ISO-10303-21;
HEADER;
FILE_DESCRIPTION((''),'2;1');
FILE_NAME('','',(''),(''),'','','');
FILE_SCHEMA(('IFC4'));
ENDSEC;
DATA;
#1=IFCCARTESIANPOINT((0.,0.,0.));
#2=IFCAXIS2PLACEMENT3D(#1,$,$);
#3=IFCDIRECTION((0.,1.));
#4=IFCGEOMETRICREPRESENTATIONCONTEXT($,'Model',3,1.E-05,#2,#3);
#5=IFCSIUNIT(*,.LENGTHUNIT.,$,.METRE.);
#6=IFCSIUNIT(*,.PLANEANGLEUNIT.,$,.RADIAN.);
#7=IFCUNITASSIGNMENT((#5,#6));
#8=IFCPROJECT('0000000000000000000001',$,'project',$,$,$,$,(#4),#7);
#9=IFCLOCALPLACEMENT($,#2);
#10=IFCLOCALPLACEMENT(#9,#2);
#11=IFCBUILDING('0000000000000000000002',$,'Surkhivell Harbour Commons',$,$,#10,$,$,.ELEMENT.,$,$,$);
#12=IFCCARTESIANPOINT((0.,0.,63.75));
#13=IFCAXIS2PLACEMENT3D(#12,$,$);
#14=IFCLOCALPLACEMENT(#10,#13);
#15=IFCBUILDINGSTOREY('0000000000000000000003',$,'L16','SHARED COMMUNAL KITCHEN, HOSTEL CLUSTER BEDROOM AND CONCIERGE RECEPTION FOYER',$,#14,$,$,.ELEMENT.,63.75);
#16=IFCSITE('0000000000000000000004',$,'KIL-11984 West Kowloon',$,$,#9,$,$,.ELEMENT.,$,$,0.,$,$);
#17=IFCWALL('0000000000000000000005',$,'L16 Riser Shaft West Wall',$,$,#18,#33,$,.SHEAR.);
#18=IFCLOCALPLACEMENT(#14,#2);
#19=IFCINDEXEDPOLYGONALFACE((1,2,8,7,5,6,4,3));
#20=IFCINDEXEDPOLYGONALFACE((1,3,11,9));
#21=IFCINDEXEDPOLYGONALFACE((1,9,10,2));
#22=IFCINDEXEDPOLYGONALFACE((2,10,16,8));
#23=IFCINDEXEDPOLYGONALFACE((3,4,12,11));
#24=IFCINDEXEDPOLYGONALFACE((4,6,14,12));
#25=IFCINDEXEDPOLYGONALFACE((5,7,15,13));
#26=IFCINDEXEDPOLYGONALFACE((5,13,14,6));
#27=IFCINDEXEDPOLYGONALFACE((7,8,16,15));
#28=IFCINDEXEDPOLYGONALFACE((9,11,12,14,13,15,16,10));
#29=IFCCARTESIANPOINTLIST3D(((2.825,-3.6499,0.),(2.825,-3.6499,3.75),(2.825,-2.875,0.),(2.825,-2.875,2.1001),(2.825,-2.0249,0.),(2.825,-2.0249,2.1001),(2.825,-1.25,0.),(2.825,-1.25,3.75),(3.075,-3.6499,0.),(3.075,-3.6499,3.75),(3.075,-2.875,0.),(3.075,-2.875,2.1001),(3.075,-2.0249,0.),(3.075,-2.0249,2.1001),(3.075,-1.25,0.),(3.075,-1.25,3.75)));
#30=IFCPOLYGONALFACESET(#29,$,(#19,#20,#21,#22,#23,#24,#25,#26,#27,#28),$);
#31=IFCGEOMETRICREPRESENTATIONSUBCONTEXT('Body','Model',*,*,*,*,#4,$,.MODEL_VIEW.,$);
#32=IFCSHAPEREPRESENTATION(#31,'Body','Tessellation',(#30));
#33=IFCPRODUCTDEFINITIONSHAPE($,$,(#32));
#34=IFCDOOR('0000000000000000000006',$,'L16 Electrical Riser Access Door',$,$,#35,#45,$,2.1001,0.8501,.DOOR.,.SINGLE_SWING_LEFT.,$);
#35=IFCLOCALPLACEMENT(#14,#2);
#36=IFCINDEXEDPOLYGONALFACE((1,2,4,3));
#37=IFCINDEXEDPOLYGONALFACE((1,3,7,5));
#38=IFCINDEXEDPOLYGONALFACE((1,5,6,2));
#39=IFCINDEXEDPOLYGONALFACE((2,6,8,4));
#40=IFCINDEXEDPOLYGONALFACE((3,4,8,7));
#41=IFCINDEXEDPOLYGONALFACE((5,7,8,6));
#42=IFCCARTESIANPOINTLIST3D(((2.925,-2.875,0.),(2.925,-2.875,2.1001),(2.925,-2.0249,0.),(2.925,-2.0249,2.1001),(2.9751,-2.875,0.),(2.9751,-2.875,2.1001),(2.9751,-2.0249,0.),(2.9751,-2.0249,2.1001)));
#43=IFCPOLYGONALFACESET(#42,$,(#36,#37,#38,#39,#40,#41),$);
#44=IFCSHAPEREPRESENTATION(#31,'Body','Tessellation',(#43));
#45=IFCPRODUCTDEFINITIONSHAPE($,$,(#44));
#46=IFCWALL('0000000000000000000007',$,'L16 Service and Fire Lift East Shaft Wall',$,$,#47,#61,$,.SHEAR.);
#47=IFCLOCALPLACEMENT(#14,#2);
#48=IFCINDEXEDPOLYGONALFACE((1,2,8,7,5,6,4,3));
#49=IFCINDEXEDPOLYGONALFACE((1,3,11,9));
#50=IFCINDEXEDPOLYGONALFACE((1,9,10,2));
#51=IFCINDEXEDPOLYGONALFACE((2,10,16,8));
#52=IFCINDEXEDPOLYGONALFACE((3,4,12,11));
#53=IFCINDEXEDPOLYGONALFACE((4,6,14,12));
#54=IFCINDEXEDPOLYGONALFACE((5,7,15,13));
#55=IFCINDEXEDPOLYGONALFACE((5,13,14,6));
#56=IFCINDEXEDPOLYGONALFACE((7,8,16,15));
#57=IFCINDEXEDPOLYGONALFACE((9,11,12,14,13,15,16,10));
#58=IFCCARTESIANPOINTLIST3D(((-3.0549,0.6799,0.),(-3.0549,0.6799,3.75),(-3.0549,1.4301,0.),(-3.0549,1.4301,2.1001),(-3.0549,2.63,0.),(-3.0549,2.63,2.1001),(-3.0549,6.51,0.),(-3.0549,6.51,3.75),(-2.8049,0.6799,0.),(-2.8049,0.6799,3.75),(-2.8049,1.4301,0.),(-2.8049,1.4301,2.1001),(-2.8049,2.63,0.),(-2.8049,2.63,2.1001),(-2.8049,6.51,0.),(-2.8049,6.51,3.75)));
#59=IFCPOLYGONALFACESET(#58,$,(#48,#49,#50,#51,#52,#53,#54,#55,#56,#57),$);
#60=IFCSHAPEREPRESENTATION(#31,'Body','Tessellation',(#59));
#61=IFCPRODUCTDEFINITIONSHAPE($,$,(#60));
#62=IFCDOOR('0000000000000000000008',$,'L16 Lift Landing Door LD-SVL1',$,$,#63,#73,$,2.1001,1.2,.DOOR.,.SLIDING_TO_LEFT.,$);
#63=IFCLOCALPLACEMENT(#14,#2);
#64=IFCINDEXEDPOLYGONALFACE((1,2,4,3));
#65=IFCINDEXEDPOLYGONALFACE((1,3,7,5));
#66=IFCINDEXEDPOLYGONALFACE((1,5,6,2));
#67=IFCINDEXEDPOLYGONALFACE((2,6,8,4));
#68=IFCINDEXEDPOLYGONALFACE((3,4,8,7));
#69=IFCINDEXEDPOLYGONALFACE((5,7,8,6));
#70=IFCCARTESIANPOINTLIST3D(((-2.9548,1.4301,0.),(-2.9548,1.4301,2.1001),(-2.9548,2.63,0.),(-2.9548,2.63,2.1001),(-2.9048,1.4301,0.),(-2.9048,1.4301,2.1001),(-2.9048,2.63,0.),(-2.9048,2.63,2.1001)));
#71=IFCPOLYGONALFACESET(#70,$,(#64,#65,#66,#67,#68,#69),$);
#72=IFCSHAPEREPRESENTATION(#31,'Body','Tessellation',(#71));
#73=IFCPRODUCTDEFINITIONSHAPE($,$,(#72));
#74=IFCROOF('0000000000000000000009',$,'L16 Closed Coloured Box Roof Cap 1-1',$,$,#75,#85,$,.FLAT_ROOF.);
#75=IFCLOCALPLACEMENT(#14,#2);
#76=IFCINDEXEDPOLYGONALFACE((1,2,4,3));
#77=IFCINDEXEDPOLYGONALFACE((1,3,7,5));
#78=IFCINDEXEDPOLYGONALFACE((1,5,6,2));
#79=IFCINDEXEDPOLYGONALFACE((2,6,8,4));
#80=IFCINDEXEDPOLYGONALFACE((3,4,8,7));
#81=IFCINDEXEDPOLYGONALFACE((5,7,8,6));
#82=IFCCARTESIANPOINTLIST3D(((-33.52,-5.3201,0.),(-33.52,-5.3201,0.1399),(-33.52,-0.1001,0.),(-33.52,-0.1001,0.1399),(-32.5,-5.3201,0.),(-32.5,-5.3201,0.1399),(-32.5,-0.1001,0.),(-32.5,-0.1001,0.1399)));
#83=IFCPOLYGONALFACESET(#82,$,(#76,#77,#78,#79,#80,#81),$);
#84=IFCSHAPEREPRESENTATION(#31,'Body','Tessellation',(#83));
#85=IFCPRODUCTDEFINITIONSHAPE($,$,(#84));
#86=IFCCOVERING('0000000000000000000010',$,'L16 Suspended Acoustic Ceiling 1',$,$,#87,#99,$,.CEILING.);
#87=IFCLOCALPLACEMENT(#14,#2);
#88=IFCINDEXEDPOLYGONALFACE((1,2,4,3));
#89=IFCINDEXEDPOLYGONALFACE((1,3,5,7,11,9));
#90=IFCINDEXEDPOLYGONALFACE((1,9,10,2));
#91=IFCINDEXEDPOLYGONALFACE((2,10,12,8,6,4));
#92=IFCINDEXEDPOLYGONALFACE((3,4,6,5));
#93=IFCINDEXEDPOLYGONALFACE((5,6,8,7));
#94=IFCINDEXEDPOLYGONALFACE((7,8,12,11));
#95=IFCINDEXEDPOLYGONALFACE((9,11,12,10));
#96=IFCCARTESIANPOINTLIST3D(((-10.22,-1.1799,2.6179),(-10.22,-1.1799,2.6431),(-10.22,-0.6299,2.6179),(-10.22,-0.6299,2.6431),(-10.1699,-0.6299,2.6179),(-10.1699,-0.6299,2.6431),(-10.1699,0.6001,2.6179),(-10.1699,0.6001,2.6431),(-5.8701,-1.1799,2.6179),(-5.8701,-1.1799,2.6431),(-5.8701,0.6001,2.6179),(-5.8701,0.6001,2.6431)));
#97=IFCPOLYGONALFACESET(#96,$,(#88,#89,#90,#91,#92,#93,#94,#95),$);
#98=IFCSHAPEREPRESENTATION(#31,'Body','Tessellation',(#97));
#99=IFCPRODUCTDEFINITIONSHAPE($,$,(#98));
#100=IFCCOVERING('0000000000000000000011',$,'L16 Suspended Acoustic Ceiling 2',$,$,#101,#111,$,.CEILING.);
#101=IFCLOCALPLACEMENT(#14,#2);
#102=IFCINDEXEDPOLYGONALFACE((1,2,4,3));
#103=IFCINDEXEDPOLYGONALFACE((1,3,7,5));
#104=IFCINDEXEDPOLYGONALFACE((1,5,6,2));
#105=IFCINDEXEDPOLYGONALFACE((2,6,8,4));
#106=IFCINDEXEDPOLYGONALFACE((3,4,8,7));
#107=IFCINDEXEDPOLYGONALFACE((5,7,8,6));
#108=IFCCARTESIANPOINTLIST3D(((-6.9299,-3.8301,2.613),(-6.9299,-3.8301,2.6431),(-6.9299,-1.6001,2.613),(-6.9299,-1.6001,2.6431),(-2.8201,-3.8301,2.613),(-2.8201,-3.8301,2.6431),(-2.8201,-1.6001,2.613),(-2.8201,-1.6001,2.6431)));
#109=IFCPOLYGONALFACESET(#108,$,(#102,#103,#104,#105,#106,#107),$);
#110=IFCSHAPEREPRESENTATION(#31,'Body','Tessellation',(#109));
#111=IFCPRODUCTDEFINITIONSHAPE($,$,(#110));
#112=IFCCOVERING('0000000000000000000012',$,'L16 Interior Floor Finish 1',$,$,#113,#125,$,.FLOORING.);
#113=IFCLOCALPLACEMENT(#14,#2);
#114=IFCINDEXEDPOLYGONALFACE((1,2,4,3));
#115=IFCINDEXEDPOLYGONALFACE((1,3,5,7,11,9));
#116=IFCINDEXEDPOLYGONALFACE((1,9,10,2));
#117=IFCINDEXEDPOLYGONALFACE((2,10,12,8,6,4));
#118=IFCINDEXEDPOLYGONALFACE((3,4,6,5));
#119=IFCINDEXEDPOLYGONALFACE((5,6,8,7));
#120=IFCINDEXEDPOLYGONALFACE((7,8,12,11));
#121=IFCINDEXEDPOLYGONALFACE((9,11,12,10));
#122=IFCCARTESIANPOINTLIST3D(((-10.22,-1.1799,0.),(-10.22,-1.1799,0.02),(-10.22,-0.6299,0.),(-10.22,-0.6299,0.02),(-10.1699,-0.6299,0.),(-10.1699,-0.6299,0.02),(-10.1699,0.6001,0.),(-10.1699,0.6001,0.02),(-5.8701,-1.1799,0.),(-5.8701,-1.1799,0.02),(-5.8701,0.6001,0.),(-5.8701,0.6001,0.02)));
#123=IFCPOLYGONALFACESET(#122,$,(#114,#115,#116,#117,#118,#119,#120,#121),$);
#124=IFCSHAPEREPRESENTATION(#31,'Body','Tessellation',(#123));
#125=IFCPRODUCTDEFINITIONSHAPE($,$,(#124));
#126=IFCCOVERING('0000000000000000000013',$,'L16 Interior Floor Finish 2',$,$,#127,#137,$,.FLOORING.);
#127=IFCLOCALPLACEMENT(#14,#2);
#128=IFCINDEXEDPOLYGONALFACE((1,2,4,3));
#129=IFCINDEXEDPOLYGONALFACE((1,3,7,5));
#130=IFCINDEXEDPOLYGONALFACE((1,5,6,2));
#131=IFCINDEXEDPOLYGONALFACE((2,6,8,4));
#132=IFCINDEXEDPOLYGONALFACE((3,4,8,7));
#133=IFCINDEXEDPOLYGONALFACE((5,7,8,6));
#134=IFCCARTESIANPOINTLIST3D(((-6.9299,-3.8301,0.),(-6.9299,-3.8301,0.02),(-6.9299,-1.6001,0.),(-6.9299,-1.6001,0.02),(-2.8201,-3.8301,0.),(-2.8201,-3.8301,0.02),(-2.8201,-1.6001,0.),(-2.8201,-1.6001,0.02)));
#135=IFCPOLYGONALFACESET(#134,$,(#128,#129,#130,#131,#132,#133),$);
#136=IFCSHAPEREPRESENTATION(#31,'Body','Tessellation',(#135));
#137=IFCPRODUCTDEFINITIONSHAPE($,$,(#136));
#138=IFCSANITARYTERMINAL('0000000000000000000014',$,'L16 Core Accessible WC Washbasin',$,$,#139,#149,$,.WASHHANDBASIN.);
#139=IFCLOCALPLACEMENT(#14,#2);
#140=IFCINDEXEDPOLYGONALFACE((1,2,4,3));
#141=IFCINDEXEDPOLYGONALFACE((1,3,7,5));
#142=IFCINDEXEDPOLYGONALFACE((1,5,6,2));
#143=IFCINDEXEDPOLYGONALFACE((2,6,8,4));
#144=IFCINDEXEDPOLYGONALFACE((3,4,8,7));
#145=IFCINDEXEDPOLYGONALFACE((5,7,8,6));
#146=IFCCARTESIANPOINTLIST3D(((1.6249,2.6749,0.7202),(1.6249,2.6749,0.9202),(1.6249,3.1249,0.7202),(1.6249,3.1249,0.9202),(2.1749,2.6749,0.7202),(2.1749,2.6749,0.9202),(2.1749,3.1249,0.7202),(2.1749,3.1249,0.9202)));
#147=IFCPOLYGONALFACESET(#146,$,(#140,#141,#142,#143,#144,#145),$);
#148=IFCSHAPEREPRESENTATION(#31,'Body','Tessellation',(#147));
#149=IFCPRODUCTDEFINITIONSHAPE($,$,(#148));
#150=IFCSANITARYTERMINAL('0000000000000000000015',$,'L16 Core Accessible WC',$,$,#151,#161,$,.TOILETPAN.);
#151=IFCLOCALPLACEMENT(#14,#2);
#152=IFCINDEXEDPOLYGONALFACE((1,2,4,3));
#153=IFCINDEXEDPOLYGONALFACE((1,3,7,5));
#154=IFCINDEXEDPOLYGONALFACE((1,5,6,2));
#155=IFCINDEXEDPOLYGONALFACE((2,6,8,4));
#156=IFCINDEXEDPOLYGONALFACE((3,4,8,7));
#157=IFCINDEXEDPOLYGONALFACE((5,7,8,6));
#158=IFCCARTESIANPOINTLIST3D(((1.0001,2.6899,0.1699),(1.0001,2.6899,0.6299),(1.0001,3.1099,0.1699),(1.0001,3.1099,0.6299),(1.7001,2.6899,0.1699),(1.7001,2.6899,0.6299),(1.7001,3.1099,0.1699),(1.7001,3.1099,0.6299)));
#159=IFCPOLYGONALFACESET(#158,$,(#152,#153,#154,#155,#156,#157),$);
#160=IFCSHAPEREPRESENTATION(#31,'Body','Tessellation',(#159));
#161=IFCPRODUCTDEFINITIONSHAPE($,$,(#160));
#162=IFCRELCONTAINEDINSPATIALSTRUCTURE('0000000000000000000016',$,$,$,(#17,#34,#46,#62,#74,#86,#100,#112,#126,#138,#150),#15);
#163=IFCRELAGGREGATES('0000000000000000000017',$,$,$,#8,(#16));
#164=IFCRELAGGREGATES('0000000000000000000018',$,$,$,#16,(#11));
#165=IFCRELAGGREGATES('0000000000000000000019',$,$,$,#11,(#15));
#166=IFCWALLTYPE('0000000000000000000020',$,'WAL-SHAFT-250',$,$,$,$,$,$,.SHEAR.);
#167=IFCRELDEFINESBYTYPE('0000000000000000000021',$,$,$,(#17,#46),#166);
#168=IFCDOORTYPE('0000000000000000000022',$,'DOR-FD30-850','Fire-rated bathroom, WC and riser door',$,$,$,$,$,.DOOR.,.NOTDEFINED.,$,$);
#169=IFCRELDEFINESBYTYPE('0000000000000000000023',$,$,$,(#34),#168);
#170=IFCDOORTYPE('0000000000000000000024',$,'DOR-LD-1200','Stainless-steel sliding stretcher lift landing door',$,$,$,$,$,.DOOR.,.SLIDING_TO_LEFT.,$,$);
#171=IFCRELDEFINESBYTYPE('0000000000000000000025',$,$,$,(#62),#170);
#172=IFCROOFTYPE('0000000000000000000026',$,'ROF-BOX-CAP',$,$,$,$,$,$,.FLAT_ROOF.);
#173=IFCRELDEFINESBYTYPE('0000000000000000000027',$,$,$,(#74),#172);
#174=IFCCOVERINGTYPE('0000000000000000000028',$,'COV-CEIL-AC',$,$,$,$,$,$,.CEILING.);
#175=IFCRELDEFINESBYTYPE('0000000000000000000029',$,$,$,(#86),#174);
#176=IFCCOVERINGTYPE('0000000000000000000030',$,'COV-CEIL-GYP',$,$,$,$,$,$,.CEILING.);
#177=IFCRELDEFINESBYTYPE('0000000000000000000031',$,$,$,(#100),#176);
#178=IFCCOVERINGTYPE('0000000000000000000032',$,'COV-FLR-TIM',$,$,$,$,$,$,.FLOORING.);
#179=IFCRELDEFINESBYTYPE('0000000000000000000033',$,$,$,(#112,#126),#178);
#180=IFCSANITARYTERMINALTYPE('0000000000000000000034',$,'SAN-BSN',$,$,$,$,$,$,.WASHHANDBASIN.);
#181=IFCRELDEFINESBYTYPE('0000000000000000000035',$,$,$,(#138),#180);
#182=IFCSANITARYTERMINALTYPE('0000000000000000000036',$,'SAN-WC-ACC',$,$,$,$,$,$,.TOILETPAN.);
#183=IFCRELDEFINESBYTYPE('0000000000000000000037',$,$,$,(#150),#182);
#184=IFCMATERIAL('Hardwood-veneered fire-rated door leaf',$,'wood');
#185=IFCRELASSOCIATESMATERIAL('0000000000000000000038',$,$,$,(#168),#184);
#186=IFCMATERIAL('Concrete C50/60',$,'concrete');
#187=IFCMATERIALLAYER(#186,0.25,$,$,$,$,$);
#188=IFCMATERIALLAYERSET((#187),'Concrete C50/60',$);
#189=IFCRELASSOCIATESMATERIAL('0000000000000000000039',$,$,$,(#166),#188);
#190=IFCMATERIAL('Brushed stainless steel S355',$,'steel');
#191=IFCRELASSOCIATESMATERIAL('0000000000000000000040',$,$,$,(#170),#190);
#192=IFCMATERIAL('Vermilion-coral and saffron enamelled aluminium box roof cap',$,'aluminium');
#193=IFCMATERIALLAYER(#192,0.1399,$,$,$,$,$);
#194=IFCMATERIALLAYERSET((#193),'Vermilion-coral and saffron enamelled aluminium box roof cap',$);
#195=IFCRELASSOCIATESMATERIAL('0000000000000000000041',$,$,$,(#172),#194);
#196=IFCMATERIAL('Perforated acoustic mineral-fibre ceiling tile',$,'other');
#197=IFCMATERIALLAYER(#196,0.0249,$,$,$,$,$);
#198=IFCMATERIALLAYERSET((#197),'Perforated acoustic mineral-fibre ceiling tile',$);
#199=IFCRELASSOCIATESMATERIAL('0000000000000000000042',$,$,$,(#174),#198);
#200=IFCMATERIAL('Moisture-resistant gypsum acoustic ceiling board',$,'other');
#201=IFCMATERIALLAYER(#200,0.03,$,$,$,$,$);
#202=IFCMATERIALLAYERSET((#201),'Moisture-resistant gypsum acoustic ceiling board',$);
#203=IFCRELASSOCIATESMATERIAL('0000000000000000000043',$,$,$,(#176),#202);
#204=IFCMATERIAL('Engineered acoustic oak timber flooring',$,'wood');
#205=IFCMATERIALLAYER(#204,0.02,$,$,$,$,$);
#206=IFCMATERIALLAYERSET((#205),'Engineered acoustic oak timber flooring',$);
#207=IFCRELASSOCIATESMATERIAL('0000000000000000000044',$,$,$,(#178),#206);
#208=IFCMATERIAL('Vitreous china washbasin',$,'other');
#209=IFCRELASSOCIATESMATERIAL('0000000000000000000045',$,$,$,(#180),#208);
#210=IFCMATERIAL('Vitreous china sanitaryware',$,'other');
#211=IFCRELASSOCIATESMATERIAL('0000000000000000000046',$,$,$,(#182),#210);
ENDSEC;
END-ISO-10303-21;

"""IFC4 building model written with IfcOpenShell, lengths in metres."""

from ifc_helpers import new_model, si_unit, direction, frame, frame_2d, origin, origin_2d, place, context, subcontext, project, spatial, polyline, rectangle, outline, extrude, material, layer, layer_set, type_object, element, fill, save


model = new_model("IFC4")

# Units and contexts
model_context = context("Model", 3, precision=1e-05, world=origin(), true_north=direction((0.0, 1.0)))
body_context = subcontext(model_context, "Body", "Model", "MODEL_VIEW")
ifc_project = project(units=[si_unit("LENGTHUNIT", "METRE"), si_unit("PLANEANGLEUNIT", "RADIAN")], contexts=[model_context])

# Site, building, storey
site_placement = place(None, origin())
site = spatial("IfcSite", under=ifc_project, at=site_placement, Name="KIL-11984 West Kowloon", CompositionType="ELEMENT", RefElevation=0.0)
building_placement = place(site_placement, origin())
building = spatial("IfcBuilding", under=site, at=building_placement, Name="Surkhivell Harbour Commons", CompositionType="ELEMENT")
storey_placement = place(building_placement, frame((0.0, 0.0, 63.75)))
storey = spatial("IfcBuildingStorey", under=building, at=storey_placement, Name="L16", Description="SHARED COMMUNAL KITCHEN, HOSTEL CLUSTER BEDROOM AND CONCIERGE RECEPTION FOYER", CompositionType="ELEMENT", Elevation=63.75)

# Shared definitions
ifc_material_1 = material(Name="Hardwood-veneered fire-rated door leaf", Category="wood")
door_type_1 = type_object("IfcDoorType", Name="DOR-FD30-850", Description="Fire-rated bathroom, WC and riser door", OperationType="NOTDEFINED", PredefinedType="DOOR", material=ifc_material_1)

# Shared definitions
ifc_material_2 = material(Name="Concrete C50/60", Category="concrete")
ifc_layer_1 = layer(ifc_material_2, 0.25)
ifc_layer_set_1 = layer_set([ifc_layer_1], Name="Concrete C50/60")
wall_type_1 = type_object("IfcWallType", Name="WAL-SHAFT-250", PredefinedType="SHEAR", material=ifc_layer_set_1)

# Walls, openings, doors
wall_1_placement = place(storey_placement, frame((2.95, -3.6499, 0.0), z_axis=(0.0, 0.0, 1.0), x_axis=(0.0, 1.0, 0.0)))
wall_1 = element("IfcWall", 1, at=wall_1_placement, inside=storey, type_object=wall_type_1, Name="L16 Riser Shaft West Wall", PredefinedType="SHEAR", context=body_context, shape_type="SweptSolid", body=[
    extrude(rectangle(XDim=2.3999, YDim=0.25, at=frame_2d((1.2, 0.0))), origin(), (0.0, 0.0, 1.0), 3.75),
])
opening_1_placement = place(wall_1_placement, frame((0.7749, 0.0, 0.0)))
opening_1 = element("IfcOpeningElement", 2, at=opening_1_placement, cuts=wall_1, PredefinedType="OPENING", context=body_context, shape_type="SweptSolid", body=[
    extrude(rectangle(XDim=0.8501, YDim=2.1001, at=frame_2d((0.425, 1.05))), frame((0.0, 0.135, 0.0), z_axis=(0.0, -1.0, 0.0), x_axis=(1.0, 0.0, 0.0)), (0.0, 0.0, 1.0), 0.27),
])
door_1_placement = place(opening_1_placement, origin())
door_1 = element("IfcDoor", 3, at=door_1_placement, inside=storey, type_object=door_type_1, Name="L16 Electrical Riser Access Door", OperationType="SINGLE_SWING_LEFT", OverallHeight=2.1001, OverallWidth=0.8501, PredefinedType="DOOR", context=body_context, shape_type="SweptSolid", body=[
    extrude(rectangle(XDim=0.8501, YDim=2.1001, at=frame_2d((0.425, 1.05))), frame((0.0, 0.0249, 0.0), z_axis=(0.0, -1.0, 0.0), x_axis=(1.0, 0.0, 0.0)), (0.0, 0.0, 1.0), 0.05),
])
fill(opening_1, door_1)
wall_2_placement = place(storey_placement, frame((-2.9299, 0.6799, 0.0), z_axis=(0.0, 0.0, 1.0), x_axis=(0.0, 1.0, 0.0)))
wall_2 = element("IfcWall", 4, at=wall_2_placement, inside=storey, type_object=wall_type_1, Name="L16 Service and Fire Lift East Shaft Wall", PredefinedType="SHEAR", context=body_context, shape_type="SweptSolid", body=[
    extrude(rectangle(XDim=5.8301, YDim=0.25, at=frame_2d((2.915, 0.0))), origin(), (0.0, 0.0, 1.0), 3.75),
])
opening_2_placement = place(wall_2_placement, frame((0.75, 0.0, 0.0)))
opening_2 = element("IfcOpeningElement", 5, at=opening_2_placement, cuts=wall_2, PredefinedType="OPENING", context=body_context, shape_type="SweptSolid", body=[
    extrude(rectangle(XDim=1.2, YDim=2.1001, at=frame_2d((0.6001, 1.05))), frame((0.0, 0.135, 0.0), z_axis=(0.0, -1.0, 0.0), x_axis=(1.0, 0.0, 0.0)), (0.0, 0.0, 1.0), 0.27),
])
ifc_material_3 = material(Name="Brushed stainless steel S355", Category="steel")
door_type_2 = type_object("IfcDoorType", Name="DOR-LD-1200", Description="Stainless-steel sliding stretcher lift landing door", OperationType="SLIDING_TO_LEFT", PredefinedType="DOOR", material=ifc_material_3)
door_2_placement = place(opening_2_placement, origin())
door_2 = element("IfcDoor", 6, at=door_2_placement, inside=storey, type_object=door_type_2, Name="L16 Lift Landing Door LD-SVL1", OperationType="SLIDING_TO_LEFT", OverallHeight=2.1001, OverallWidth=1.2, PredefinedType="DOOR", context=body_context, shape_type="SweptSolid", body=[
    extrude(rectangle(XDim=1.2, YDim=2.1001, at=frame_2d((0.6001, 1.05))), frame((0.0, 0.0249, 0.0), z_axis=(0.0, -1.0, 0.0), x_axis=(1.0, 0.0, 0.0)), (0.0, 0.0, 1.0), 0.05),
])
fill(opening_2, door_2)

# Roof
ifc_material_4 = material(Name="Vermilion-coral and saffron enamelled aluminium box roof cap", Category="aluminium")
ifc_layer_2 = layer(ifc_material_4, 0.1399)
ifc_layer_set_2 = layer_set([ifc_layer_2], Name="Vermilion-coral and saffron enamelled aluminium box roof cap")
roof_type = type_object("IfcRoofType", Name="ROF-BOX-CAP", PredefinedType="FLAT_ROOF", material=ifc_layer_set_2)
roof_placement = place(storey_placement, origin())
element("IfcRoof", 7, at=roof_placement, inside=storey, type_object=roof_type, Name="L16 Closed Coloured Box Roof Cap 1-1", PredefinedType="FLAT_ROOF", context=body_context, shape_type="SweptSolid", body=[
    extrude(outline(polyline([(-32.5, -5.3201), (-32.5, -0.1001), (-33.52, -0.1001), (-33.52, -5.3201), (-32.5, -5.3201)])), origin(), (0.0, 0.0, 1.0), 0.1399),
])

# Coverings
ifc_material_5 = material(Name="Perforated acoustic mineral-fibre ceiling tile", Category="other")
ifc_layer_3 = layer(ifc_material_5, 0.0249)
ifc_layer_set_3 = layer_set([ifc_layer_3], Name="Perforated acoustic mineral-fibre ceiling tile")
covering_type_1 = type_object("IfcCoveringType", Name="COV-CEIL-AC", PredefinedType="CEILING", material=ifc_layer_set_3)
covering_1_placement = place(storey_placement, frame((0.0, 0.0, 2.6179)))
element("IfcCovering", 8, at=covering_1_placement, inside=storey, type_object=covering_type_1, Name="L16 Suspended Acoustic Ceiling 1", PredefinedType="CEILING", context=body_context, shape_type="SweptSolid", body=[
    extrude(outline(polyline([(-10.22, -1.1799), (-5.8701, -1.1799), (-5.8701, 0.6001), (-10.1699, 0.6001), (-10.1699, -0.6299), (-10.22, -0.6299), (-10.22, -1.1799)])), origin(), (0.0, 0.0, 1.0), 0.0251),
])
ifc_material_6 = material(Name="Moisture-resistant gypsum acoustic ceiling board", Category="other")
ifc_layer_4 = layer(ifc_material_6, 0.03)
ifc_layer_set_4 = layer_set([ifc_layer_4], Name="Moisture-resistant gypsum acoustic ceiling board")
covering_type_2 = type_object("IfcCoveringType", Name="COV-CEIL-GYP", PredefinedType="CEILING", material=ifc_layer_set_4)
covering_2_placement = place(storey_placement, frame((0.0, 0.0, 2.613)))
element("IfcCovering", 9, at=covering_2_placement, inside=storey, type_object=covering_type_2, Name="L16 Suspended Acoustic Ceiling 2", PredefinedType="CEILING", context=body_context, shape_type="SweptSolid", body=[
    extrude(outline(polyline([(-6.9299, -3.8301), (-2.8201, -3.8301), (-2.8201, -1.6001), (-6.9299, -1.6001), (-6.9299, -3.8301)])), origin(), (0.0, 0.0, 1.0), 0.03),
])
ifc_material_7 = material(Name="Engineered acoustic oak timber flooring", Category="wood")
ifc_layer_5 = layer(ifc_material_7, 0.02)
ifc_layer_set_5 = layer_set([ifc_layer_5], Name="Engineered acoustic oak timber flooring")
covering_type_3 = type_object("IfcCoveringType", Name="COV-FLR-TIM", PredefinedType="FLOORING", material=ifc_layer_set_5)
covering_3_placement = place(storey_placement, origin())
element("IfcCovering", 10, at=covering_3_placement, inside=storey, type_object=covering_type_3, Name="L16 Interior Floor Finish 1", PredefinedType="FLOORING", context=body_context, shape_type="SweptSolid", body=[
    extrude(outline(polyline([(-10.22, -1.1799), (-5.8701, -1.1799), (-5.8701, 0.6001), (-10.1699, 0.6001), (-10.1699, -0.6299), (-10.22, -0.6299), (-10.22, -1.1799)])), origin(), (0.0, 0.0, 1.0), 0.02),
])
covering_4_placement = place(storey_placement, origin())
element("IfcCovering", 11, at=covering_4_placement, inside=storey, type_object=covering_type_3, Name="L16 Interior Floor Finish 2", PredefinedType="FLOORING", context=body_context, shape_type="SweptSolid", body=[
    extrude(outline(polyline([(-6.9299, -3.8301), (-2.8201, -3.8301), (-2.8201, -1.6001), (-6.9299, -1.6001), (-6.9299, -3.8301)])), origin(), (0.0, 0.0, 1.0), 0.02),
])

# Sanitary terminals
ifc_material_8 = material(Name="Vitreous china washbasin", Category="other")
sanitary_terminal_type_1 = type_object("IfcSanitaryTerminalType", Name="SAN-BSN", PredefinedType="WASHHANDBASIN", material=ifc_material_8)
sanitary_terminal_1_placement = place(storey_placement, frame((1.8999, 2.8999, 0.7202), z_axis=(0.0, 0.0, 1.0), x_axis=(1.0, 0.0, 0.0)))
element("IfcSanitaryTerminal", 12, at=sanitary_terminal_1_placement, inside=storey, type_object=sanitary_terminal_type_1, Name="L16 Core Accessible WC Washbasin", PredefinedType="WASHHANDBASIN", context=body_context, shape_type="SweptSolid", body=[
    extrude(rectangle(XDim=0.55, YDim=0.45, at=origin_2d()), origin(), (0.0, 0.0, 1.0), 0.2),
])
ifc_material_9 = material(Name="Vitreous china sanitaryware", Category="other")
sanitary_terminal_type_2 = type_object("IfcSanitaryTerminalType", Name="SAN-WC-ACC", PredefinedType="TOILETPAN", material=ifc_material_9)
sanitary_terminal_2_placement = place(storey_placement, frame((1.3501, 2.8999, 0.1699), z_axis=(0.0, 0.0, 1.0), x_axis=(1.0, 0.0, 0.0)))
element("IfcSanitaryTerminal", 13, at=sanitary_terminal_2_placement, inside=storey, type_object=sanitary_terminal_type_2, Name="L16 Core Accessible WC", PredefinedType="TOILETPAN", context=body_context, shape_type="SweptSolid", body=[
    extrude(rectangle(XDim=0.7, YDim=0.4199, at=origin_2d()), origin(), (0.0, 0.0, 1.0), 0.46),
])

save(model, "model.ifc")
